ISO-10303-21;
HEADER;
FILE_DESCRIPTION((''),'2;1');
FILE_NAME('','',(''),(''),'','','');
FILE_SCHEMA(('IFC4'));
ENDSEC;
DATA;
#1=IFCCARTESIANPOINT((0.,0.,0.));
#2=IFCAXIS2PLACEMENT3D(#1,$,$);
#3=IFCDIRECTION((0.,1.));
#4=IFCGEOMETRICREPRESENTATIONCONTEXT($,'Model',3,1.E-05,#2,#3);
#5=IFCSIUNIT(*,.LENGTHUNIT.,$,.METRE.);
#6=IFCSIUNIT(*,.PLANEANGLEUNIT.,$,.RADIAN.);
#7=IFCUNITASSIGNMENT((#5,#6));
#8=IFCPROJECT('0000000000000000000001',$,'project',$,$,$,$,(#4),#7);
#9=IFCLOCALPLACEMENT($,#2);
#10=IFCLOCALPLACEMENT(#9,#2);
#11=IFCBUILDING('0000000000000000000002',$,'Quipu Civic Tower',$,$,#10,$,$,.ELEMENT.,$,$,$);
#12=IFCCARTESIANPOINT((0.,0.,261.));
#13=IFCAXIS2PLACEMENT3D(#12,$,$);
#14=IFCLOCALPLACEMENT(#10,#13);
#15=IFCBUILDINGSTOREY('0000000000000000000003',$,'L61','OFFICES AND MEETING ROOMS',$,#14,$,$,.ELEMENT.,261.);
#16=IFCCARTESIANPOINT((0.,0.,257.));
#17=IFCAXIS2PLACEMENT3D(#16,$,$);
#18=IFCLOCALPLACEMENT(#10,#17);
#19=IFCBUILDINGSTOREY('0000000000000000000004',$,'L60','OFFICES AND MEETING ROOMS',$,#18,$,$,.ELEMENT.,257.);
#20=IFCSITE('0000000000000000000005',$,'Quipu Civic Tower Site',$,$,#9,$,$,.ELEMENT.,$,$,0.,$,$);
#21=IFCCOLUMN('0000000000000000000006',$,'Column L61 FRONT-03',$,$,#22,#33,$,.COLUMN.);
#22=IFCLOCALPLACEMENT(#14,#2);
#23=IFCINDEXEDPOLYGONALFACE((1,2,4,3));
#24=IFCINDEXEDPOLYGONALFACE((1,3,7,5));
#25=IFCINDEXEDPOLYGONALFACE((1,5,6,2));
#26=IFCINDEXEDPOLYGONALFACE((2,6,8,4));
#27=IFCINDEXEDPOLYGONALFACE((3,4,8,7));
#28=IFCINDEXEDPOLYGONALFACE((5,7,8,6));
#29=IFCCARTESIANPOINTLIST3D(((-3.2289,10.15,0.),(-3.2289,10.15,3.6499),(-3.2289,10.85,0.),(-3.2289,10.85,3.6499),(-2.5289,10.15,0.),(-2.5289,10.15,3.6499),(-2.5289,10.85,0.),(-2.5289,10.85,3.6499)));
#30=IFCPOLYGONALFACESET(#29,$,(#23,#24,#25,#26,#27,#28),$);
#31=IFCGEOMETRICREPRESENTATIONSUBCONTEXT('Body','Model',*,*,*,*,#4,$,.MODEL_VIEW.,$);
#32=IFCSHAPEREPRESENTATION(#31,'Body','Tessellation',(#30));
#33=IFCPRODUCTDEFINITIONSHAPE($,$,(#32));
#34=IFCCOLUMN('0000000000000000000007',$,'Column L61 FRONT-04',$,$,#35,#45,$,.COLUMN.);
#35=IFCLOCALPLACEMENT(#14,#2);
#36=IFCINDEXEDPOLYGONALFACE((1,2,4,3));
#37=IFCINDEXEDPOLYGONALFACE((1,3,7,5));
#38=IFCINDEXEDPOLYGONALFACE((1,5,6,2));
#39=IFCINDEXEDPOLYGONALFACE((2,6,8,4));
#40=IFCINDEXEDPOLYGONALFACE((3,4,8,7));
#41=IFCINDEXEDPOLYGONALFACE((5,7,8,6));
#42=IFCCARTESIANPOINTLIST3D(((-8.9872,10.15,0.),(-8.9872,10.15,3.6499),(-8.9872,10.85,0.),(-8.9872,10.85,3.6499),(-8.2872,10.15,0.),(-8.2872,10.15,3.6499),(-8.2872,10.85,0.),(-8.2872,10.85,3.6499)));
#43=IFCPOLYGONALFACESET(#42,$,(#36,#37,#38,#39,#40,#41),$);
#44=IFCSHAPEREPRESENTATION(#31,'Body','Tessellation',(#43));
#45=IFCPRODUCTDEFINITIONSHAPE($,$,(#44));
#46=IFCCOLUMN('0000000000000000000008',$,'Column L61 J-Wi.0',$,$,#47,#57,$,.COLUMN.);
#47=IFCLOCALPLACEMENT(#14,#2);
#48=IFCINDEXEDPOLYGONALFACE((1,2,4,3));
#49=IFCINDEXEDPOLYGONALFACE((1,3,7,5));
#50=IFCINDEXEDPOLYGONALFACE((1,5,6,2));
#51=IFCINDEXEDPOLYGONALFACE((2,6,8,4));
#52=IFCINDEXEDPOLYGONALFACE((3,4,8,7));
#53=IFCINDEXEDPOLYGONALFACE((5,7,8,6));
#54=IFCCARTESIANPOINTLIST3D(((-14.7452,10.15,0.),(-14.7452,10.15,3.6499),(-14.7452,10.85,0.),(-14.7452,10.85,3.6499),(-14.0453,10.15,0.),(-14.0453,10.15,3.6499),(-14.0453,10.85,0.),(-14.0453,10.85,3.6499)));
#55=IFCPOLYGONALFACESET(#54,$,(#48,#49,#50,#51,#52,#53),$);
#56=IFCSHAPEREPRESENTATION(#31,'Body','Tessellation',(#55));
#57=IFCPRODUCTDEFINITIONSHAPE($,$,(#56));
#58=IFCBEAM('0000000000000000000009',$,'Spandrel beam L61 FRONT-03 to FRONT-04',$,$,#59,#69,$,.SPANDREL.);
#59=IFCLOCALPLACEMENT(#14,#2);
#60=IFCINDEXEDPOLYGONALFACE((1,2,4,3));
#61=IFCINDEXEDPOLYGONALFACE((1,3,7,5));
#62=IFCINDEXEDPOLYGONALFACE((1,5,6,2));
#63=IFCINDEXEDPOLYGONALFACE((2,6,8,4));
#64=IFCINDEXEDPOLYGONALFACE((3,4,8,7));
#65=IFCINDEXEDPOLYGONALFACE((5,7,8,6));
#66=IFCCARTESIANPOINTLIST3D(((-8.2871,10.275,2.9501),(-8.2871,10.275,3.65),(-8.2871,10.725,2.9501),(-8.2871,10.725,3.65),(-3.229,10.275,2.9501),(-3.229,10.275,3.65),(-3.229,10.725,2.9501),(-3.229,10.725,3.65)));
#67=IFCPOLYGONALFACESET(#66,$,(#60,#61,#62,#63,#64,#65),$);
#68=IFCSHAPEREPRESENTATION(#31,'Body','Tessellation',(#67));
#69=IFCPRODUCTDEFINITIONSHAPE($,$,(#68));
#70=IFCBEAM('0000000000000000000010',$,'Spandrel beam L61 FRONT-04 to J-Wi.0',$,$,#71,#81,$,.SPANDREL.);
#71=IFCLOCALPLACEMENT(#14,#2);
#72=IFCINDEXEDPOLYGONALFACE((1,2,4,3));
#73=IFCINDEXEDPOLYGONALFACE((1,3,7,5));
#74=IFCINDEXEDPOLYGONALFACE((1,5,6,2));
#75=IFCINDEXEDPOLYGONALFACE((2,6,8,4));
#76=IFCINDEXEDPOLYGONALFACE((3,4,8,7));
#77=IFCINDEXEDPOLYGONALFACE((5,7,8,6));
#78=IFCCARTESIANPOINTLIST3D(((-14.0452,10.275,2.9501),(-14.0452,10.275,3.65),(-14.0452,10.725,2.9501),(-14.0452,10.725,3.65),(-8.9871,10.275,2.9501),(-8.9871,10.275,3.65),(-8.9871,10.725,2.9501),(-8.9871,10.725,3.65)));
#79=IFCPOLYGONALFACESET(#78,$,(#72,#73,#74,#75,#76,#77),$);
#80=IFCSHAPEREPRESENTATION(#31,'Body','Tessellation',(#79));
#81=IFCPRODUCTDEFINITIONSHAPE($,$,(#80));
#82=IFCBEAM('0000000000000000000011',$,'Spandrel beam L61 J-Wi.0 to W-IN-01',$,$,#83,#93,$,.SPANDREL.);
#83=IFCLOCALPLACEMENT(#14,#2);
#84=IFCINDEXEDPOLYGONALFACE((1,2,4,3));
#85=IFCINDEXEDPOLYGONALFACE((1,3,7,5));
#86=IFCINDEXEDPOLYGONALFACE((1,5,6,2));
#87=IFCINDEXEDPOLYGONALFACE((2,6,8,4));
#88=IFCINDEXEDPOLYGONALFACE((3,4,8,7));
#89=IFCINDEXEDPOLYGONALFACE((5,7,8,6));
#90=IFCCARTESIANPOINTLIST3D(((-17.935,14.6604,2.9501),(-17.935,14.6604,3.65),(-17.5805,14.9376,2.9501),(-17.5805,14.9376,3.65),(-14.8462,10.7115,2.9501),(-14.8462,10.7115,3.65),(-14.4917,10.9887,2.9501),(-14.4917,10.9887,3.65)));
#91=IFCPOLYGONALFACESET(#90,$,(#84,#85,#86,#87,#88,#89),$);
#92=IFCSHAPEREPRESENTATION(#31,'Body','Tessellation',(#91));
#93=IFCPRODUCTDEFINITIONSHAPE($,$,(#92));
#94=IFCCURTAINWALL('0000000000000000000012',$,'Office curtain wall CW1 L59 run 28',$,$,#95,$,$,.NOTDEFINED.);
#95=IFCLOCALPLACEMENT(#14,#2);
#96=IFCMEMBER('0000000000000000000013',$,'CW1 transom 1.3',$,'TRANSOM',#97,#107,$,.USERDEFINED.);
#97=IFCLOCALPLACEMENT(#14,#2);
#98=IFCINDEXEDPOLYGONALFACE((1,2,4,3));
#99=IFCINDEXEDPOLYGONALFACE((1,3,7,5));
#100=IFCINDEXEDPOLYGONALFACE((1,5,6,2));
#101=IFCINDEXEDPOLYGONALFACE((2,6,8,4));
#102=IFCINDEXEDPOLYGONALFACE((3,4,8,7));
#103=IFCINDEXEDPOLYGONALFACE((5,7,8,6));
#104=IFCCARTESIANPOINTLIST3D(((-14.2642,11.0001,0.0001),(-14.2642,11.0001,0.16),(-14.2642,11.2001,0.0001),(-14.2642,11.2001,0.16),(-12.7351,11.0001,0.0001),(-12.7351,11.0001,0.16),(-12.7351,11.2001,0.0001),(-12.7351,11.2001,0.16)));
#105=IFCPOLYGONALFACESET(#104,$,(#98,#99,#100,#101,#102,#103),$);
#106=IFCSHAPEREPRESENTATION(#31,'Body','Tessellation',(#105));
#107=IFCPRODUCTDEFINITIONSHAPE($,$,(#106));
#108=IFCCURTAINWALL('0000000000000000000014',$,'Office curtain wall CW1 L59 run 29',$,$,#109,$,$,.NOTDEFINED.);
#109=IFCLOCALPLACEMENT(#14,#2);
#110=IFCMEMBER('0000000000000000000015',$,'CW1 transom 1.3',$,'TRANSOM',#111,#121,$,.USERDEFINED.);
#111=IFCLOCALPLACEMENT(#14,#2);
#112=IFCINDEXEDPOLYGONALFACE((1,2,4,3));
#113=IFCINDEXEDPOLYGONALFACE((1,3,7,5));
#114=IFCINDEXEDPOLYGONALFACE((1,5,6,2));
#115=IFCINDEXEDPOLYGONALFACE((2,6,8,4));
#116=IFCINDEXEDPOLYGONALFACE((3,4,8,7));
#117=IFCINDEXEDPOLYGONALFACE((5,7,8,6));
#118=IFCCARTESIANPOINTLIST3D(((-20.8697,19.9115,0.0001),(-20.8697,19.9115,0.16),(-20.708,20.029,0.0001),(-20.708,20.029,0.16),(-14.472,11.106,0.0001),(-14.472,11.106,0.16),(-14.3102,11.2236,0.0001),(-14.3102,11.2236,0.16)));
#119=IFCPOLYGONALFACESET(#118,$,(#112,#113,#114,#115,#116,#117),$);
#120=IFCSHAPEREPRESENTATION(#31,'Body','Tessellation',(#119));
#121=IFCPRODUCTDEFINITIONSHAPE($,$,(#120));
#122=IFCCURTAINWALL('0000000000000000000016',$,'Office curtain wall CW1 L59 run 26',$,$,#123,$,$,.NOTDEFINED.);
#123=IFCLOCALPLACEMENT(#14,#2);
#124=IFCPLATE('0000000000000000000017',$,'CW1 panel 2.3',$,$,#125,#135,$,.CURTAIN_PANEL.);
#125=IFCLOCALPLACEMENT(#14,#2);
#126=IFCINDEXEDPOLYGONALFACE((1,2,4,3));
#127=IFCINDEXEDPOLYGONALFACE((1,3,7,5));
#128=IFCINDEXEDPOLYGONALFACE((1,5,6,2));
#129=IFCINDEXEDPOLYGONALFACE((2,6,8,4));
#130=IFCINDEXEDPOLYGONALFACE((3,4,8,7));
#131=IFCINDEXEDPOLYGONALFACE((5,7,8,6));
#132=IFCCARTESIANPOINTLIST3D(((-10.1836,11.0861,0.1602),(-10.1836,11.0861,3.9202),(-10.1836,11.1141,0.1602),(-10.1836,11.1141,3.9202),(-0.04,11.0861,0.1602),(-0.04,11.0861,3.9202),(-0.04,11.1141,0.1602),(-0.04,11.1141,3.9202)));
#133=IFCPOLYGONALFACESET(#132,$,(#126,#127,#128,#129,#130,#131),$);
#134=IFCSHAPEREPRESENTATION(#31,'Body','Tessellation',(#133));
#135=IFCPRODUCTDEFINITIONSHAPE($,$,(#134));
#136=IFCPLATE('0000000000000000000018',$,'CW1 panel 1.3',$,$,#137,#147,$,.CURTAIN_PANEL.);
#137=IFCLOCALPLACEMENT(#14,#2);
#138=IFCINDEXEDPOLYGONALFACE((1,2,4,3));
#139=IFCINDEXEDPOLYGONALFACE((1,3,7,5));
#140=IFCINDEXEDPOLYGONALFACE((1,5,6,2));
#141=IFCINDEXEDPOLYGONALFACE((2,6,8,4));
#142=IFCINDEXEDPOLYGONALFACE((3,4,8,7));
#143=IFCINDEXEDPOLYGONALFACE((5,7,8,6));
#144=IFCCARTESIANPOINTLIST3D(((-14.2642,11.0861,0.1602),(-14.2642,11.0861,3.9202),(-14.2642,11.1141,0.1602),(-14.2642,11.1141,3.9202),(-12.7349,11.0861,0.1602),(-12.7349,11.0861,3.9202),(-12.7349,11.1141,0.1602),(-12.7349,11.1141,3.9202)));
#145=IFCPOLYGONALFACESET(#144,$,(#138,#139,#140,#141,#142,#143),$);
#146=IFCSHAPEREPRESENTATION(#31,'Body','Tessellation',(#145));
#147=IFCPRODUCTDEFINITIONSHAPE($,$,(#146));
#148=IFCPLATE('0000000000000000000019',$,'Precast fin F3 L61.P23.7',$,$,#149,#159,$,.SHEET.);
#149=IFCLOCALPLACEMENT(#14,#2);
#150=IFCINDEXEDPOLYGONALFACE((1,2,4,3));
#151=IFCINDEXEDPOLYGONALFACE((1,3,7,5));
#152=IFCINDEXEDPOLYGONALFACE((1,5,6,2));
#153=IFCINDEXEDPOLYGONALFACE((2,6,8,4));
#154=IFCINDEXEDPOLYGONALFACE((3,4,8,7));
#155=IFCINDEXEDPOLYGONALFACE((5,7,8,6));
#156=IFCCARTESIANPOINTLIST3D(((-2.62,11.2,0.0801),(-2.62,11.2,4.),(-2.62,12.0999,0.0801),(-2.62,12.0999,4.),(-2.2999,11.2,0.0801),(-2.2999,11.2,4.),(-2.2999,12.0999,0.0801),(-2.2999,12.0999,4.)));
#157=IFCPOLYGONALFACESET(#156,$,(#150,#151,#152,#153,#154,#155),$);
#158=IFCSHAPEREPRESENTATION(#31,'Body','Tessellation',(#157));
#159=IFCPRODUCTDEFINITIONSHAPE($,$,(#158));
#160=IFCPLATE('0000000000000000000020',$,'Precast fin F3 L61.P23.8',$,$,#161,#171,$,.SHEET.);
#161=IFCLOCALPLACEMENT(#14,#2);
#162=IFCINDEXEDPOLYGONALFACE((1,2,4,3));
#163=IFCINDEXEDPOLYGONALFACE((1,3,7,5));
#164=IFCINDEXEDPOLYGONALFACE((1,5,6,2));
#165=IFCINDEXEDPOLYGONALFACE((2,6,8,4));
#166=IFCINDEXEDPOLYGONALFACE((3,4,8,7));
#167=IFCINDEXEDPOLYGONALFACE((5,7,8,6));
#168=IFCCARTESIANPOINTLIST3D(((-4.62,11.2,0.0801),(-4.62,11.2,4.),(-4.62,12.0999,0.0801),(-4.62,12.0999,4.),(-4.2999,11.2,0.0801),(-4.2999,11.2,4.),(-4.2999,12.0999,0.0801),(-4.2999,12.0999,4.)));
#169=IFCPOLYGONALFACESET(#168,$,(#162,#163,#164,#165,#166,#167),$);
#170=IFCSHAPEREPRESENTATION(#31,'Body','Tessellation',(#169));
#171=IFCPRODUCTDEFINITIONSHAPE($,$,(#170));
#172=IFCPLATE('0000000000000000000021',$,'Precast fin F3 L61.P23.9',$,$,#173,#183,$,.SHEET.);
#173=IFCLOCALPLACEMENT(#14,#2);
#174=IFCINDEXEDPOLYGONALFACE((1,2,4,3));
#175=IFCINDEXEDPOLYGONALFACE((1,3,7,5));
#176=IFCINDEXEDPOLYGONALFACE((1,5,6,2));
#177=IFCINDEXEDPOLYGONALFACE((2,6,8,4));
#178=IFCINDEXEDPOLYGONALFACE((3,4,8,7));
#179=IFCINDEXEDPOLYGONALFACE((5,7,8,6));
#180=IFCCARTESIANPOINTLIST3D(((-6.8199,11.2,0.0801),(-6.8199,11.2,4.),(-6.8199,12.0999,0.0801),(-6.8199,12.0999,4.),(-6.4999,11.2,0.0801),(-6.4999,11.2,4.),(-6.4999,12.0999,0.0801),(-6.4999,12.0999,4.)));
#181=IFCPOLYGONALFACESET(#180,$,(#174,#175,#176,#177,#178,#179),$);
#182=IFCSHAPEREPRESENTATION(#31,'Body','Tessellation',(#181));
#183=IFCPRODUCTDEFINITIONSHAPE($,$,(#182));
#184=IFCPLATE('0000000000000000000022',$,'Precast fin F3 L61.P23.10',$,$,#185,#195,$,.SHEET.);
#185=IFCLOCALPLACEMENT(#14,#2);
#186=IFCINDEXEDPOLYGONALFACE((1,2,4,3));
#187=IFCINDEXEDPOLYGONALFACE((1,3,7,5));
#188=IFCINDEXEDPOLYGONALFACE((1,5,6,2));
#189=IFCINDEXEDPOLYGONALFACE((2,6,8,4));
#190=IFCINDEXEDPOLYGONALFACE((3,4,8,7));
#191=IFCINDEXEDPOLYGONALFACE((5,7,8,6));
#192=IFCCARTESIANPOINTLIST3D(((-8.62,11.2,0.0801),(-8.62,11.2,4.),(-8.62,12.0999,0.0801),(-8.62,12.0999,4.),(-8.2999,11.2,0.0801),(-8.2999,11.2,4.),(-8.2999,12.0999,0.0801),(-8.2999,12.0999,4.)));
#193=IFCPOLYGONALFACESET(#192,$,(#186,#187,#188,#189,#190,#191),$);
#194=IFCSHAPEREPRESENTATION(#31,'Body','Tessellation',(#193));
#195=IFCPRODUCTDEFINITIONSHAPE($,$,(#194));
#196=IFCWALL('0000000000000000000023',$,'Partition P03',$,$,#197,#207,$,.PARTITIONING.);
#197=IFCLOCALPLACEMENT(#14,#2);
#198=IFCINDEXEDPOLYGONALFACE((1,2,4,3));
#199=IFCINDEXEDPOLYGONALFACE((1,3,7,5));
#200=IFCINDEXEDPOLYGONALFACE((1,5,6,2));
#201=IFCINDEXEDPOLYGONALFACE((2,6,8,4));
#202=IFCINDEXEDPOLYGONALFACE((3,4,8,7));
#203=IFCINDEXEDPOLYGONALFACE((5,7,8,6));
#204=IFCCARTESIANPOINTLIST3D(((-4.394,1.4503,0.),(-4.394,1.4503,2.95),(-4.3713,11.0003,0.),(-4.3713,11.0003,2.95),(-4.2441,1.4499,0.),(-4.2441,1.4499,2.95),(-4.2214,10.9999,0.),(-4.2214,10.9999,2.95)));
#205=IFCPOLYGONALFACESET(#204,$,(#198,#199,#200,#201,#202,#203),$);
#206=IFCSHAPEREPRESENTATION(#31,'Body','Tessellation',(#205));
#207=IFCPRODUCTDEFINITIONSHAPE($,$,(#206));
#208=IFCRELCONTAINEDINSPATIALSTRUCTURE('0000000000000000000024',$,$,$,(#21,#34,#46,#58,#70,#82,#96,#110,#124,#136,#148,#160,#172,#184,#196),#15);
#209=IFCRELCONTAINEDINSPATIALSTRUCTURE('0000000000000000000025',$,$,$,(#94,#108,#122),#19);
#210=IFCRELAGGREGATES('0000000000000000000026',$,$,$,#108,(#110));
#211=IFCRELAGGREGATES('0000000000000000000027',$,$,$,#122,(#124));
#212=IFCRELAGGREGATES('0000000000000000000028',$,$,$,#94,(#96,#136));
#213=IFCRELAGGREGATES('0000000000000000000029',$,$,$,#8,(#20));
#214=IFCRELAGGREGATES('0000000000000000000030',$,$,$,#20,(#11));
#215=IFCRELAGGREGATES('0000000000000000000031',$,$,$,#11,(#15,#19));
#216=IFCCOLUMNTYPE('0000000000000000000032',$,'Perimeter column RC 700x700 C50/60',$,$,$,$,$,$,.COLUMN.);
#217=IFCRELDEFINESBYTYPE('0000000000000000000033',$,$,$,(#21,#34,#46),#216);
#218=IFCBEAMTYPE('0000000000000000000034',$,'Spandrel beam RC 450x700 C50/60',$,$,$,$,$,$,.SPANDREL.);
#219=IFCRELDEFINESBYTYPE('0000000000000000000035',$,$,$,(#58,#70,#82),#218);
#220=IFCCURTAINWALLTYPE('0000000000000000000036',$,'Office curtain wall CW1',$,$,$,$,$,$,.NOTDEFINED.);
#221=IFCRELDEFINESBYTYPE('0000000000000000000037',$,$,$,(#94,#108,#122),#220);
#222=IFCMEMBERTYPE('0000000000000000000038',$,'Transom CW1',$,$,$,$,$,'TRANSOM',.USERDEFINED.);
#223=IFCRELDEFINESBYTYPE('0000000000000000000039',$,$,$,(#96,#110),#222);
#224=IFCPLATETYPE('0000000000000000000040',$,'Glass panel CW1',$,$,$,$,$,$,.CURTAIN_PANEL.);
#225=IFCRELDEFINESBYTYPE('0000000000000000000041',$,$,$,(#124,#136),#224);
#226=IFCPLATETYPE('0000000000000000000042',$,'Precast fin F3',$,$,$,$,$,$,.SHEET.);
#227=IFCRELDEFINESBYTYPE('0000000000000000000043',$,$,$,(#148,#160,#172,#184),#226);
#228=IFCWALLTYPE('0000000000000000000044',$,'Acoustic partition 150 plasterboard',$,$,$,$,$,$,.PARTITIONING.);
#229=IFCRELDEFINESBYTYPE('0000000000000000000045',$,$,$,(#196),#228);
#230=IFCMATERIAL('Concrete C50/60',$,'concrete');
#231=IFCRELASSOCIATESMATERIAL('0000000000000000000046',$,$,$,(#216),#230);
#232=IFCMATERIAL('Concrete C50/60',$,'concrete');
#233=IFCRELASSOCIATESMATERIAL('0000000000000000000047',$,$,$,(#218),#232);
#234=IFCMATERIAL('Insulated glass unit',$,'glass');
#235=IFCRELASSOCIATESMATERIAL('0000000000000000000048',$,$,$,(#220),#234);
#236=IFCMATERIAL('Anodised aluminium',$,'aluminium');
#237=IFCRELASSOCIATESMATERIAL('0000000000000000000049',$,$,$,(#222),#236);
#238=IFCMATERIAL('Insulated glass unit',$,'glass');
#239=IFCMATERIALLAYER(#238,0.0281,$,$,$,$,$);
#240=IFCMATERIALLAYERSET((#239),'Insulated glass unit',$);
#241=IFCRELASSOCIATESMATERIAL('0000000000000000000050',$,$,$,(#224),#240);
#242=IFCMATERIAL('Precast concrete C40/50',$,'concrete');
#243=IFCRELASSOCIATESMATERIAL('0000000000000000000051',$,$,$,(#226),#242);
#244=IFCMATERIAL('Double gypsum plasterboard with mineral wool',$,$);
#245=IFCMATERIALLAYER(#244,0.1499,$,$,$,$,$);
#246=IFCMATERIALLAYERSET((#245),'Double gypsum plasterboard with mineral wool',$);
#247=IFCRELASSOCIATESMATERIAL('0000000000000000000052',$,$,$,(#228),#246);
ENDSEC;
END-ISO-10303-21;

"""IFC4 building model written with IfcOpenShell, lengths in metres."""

from ifc_helpers import new_model, si_unit, direction, frame, frame_2d, origin, origin_2d, place, context, subcontext, project, spatial, rectangle, extrude, material, layer, layer_set, material_profile, profile_set, type_object, element, aggregate, save


model = new_model("IFC4")

# Units and contexts
model_context = context("Model", 3, precision=1e-05, world=origin(), true_north=direction((0.0, 1.0)))
body_context = subcontext(model_context, "Body", "Model", "MODEL_VIEW")
ifc_project = project(units=[si_unit("LENGTHUNIT", "METRE"), si_unit("PLANEANGLEUNIT", "RADIAN")], contexts=[model_context])

# Site, building, storey
site_placement = place(None, origin())
site = spatial("IfcSite", under=ifc_project, at=site_placement, Name="Quipu Civic Tower Site", CompositionType="ELEMENT", RefElevation=0.0)
building_placement = place(site_placement, origin())
building = spatial("IfcBuilding", under=site, at=building_placement, Name="Quipu Civic Tower", CompositionType="ELEMENT")
storey_1_placement = place(building_placement, frame((0.0, 0.0, 261.0)))
storey_1 = spatial("IfcBuildingStorey", under=building, at=storey_1_placement, Name="L61", Description="OFFICES AND MEETING ROOMS", CompositionType="ELEMENT", Elevation=261.0)

# Columns
ifc_material_1 = material(Name="Concrete C50/60", Category="concrete")
ifc_material_profile_1 = material_profile(ifc_material_1, rectangle(XDim=0.7, YDim=0.7, at=origin_2d()), Name="RC700x700")
ifc_profile_set_1 = profile_set([ifc_material_profile_1], Name="Concrete C50/60")
column_type = type_object("IfcColumnType", Name="Perimeter column RC 700x700 C50/60", PredefinedType="COLUMN", material=ifc_profile_set_1)
for number, where, z_axis, x_axis, name in (
    (1, (-2.8789, 10.5, 0.0), (0.0, 0.0, 1.0), (-1.0, 0.0, 0.0), "Column L61 FRONT-03"),
    (2, (-8.6372, 10.5, 0.0), (0.0, 0.0, 1.0), (-1.0, 0.0, 0.0), "Column L61 FRONT-04"),
    (3, (-14.3953, 10.5, 0.0), (0.0, 0.0, 1.0), (-1.0, 0.0, 0.0), "Column L61 J-Wi.0"),
):
    element("IfcColumn", number, at=place(storey_1_placement, frame(where, z_axis=z_axis, x_axis=x_axis)), inside=storey_1, type_object=column_type, Name=name, PredefinedType="COLUMN", context=body_context, shape_type="SweptSolid", body=[
        extrude(rectangle(XDim=0.7, YDim=0.7, at=origin_2d()), origin(), (0.0, 0.0, 1.0), 3.6499),
    ])

# Beams
ifc_material_2 = material(Name="Concrete C50/60", Category="concrete")
ifc_material_profile_2 = material_profile(ifc_material_2, rectangle(XDim=0.45, YDim=0.7, at=origin_2d()), Name="RC450x700")
ifc_profile_set_2 = profile_set([ifc_material_profile_2], Name="Concrete C50/60")
beam_type = type_object("IfcBeamType", Name="Spandrel beam RC 450x700 C50/60", PredefinedType="SPANDREL", material=ifc_profile_set_2)
for number, where, z_axis, x_axis, name in (
    (4, (-3.229, 10.5, 3.3), (-1.0, 0.0, 0.0), (0.0, -1.0, 0.0), "Spandrel beam L61 FRONT-03 to FRONT-04"),
    (5, (-8.9871, 10.5, 3.3), (-1.0, 0.0, 0.0), (0.0, -1.0, 0.0), "Spandrel beam L61 FRONT-04 to J-Wi.0"),
):
    element("IfcBeam", number, at=place(storey_1_placement, frame(where, z_axis=z_axis, x_axis=x_axis)), inside=storey_1, type_object=beam_type, Name=name, PredefinedType="SPANDREL", context=body_context, shape_type="SweptSolid", body=[
        extrude(rectangle(XDim=0.45, YDim=0.7, at=origin_2d()), origin(), (0.0, 0.0, 1.0), 5.0581),
    ])
beam_placement = place(storey_1_placement, frame((-14.6689, 10.8501, 3.3), z_axis=(-0.616106, 0.787663, 0.0), x_axis=(-0.787663, -0.616106, 0.0)))
element("IfcBeam", 6, at=beam_placement, inside=storey_1, type_object=beam_type, Name="Spandrel beam L61 J-Wi.0 to W-IN-01", PredefinedType="SPANDREL", context=body_context, shape_type="SweptSolid", body=[
    extrude(rectangle(XDim=0.45, YDim=0.7, at=origin_2d()), origin(), (0.0, 0.0, 1.0), 5.0134),
])

# Shared definitions
storey_2_placement = place(building_placement, frame((0.0, 0.0, 257.0)))
storey_2 = spatial("IfcBuildingStorey", under=building, at=storey_2_placement, Name="L60", Description="OFFICES AND MEETING ROOMS", CompositionType="ELEMENT", Elevation=257.0)

# Curtain walls, members
ifc_material_3 = material(Name="Insulated glass unit", Category="glass")
curtain_wall_type = type_object("IfcCurtainWallType", Name="Office curtain wall CW1", PredefinedType="NOTDEFINED", material=ifc_material_3)
curtain_wall_1_placement = place(storey_2_placement, origin())
curtain_wall_1 = element("IfcCurtainWall", 7, at=curtain_wall_1_placement, inside=storey_2, type_object=curtain_wall_type, Name="Office curtain wall CW1 L59 run 28", PredefinedType="NOTDEFINED")
ifc_material_4 = material(Name="Anodised aluminium", Category="aluminium")
ifc_material_profile_3 = material_profile(ifc_material_4, rectangle(XDim=0.2, YDim=0.1599, at=origin_2d()), Name="RECT 200x160")
ifc_profile_set_3 = profile_set([ifc_material_profile_3], Name="Anodised aluminium")
member_type = type_object("IfcMemberType", Name="Transom CW1", ElementType="TRANSOM", PredefinedType="USERDEFINED", material=ifc_profile_set_3)
member_1_placement = place(storey_1_placement, frame((-12.7351, 11.1001, 0.0801), z_axis=(-1.0, 0.0, 0.0), x_axis=(0.0, -1.0, 0.0)))
member_1 = element("IfcMember", 8, at=member_1_placement, inside=storey_1, type_object=member_type, Name="CW1 transom 1.3", ObjectType="TRANSOM", PredefinedType="USERDEFINED", context=body_context, shape_type="SweptSolid", body=[
    extrude(rectangle(XDim=0.2, YDim=0.1599, at=origin_2d()), origin(), (0.0, 0.0, 1.0), 1.5291),
])
curtain_wall_2_placement = place(storey_2_placement, origin())
curtain_wall_2 = element("IfcCurtainWall", 9, at=curtain_wall_2_placement, inside=storey_2, type_object=curtain_wall_type, Name="Office curtain wall CW1 L59 run 29", PredefinedType="NOTDEFINED")
member_2_placement = place(storey_1_placement, frame((-14.3911, 11.1648, 0.0801), z_axis=(-0.587797, 0.809009, 0.0), x_axis=(-0.809009, -0.587797, 0.0)))
member_2 = element("IfcMember", 10, at=member_2_placement, inside=storey_1, type_object=member_type, Name="CW1 transom 1.3", ObjectType="TRANSOM", PredefinedType="USERDEFINED", context=body_context, shape_type="SweptSolid", body=[
    extrude(rectangle(XDim=0.2, YDim=0.1599, at=origin_2d()), origin(), (0.0, 0.0, 1.0), 10.8843),
])
aggregate(curtain_wall_2, [member_2])

# Curtain wall, plate
curtain_wall_3_placement = place(storey_2_placement, origin())
curtain_wall_3 = element("IfcCurtainWall", 11, at=curtain_wall_3_placement, inside=storey_2, type_object=curtain_wall_type, Name="Office curtain wall CW1 L59 run 26", PredefinedType="NOTDEFINED")
ifc_material_5 = material(Name="Insulated glass unit", Category="glass")
ifc_layer_1 = layer(ifc_material_5, 0.0281)
ifc_layer_set_1 = layer_set([ifc_layer_1], Name="Insulated glass unit")
plate_type_1 = type_object("IfcPlateType", Name="Glass panel CW1", PredefinedType="CURTAIN_PANEL", material=ifc_layer_set_1)
plate_1_placement = place(storey_1_placement, frame((-5.1118, 11.1001, 0.1602), z_axis=(0.0, 0.0, 1.0), x_axis=(-1.0, 0.0, 0.0)))
plate_1 = element("IfcPlate", 12, at=plate_1_placement, inside=storey_1, type_object=plate_type_1, Name="CW1 panel 2.3", PredefinedType="CURTAIN_PANEL", context=body_context, shape_type="SweptSolid", body=[
    extrude(rectangle(XDim=10.1436, YDim=0.0281, at=origin_2d()), origin(), (0.0, 0.0, 1.0), 3.76),
])
aggregate(curtain_wall_3, [plate_1])

# Plate
plate_2_placement = place(storey_1_placement, frame((-13.4995, 11.1001, 0.1602), z_axis=(0.0, 0.0, 1.0), x_axis=(-1.0, 0.0, 0.0)))
plate_2 = element("IfcPlate", 13, at=plate_2_placement, inside=storey_1, type_object=plate_type_1, Name="CW1 panel 1.3", PredefinedType="CURTAIN_PANEL", context=body_context, shape_type="SweptSolid", body=[
    extrude(rectangle(XDim=1.5293, YDim=0.0281, at=origin_2d()), origin(), (0.0, 0.0, 1.0), 3.76),
])
aggregate(curtain_wall_1, [member_1, plate_2])

# Plates
ifc_material_6 = material(Name="Precast concrete C40/50", Category="concrete")
plate_type_2 = type_object("IfcPlateType", Name="Precast fin F3", PredefinedType="SHEET", material=ifc_material_6)
for number, where, z_axis, x_axis, name in (
    (14, (-2.46, 11.6499, 0.0801), (0.0, 0.0, 1.0), (-1.0, 0.0, 0.0), "Precast fin F3 L61.P23.7"),
    (15, (-4.46, 11.6499, 0.0801), (0.0, 0.0, 1.0), (-1.0, 0.0, 0.0), "Precast fin F3 L61.P23.8"),
    (16, (-6.6599, 11.6499, 0.0801), (0.0, 0.0, 1.0), (-1.0, 0.0, 0.0), "Precast fin F3 L61.P23.9"),
    (17, (-8.46, 11.6499, 0.0801), (0.0, 0.0, 1.0), (-1.0, 0.0, 0.0), "Precast fin F3 L61.P23.10"),
):
    element("IfcPlate", number, at=place(storey_1_placement, frame(where, z_axis=z_axis, x_axis=x_axis)), inside=storey_1, type_object=plate_type_2, Name=name, PredefinedType="SHEET", context=body_context, shape_type="SweptSolid", body=[
        extrude(rectangle(XDim=0.3201, YDim=0.8999, at=origin_2d()), origin(), (0.0, 0.0, 1.0), 3.9199),
    ])

# Wall
ifc_material_7 = material(Name="Double gypsum plasterboard with mineral wool")
ifc_layer_2 = layer(ifc_material_7, 0.1499)
ifc_layer_set_2 = layer_set([ifc_layer_2], Name="Double gypsum plasterboard with mineral wool")
wall_type_1 = type_object("IfcWallType", Name="Acoustic partition 150 plasterboard", PredefinedType="PARTITIONING", material=ifc_layer_set_2)
wall_1_placement = place(storey_1_placement, frame((-4.2964, 11.0, 0.0), z_axis=(0.0, 0.0, 1.0), x_axis=(-0.002377, -0.999997, 0.0)))
element("IfcWall", 18, at=wall_1_placement, inside=storey_1, type_object=wall_type_1, Name="Partition P03", PredefinedType="PARTITIONING", context=body_context, shape_type="SweptSolid", body=[
    extrude(rectangle(XDim=9.55, YDim=0.1499, at=frame_2d((4.7749, 0.0))), origin(), (0.0, 0.0, 1.0), 2.95),
])

save(model, "model.ifc")
